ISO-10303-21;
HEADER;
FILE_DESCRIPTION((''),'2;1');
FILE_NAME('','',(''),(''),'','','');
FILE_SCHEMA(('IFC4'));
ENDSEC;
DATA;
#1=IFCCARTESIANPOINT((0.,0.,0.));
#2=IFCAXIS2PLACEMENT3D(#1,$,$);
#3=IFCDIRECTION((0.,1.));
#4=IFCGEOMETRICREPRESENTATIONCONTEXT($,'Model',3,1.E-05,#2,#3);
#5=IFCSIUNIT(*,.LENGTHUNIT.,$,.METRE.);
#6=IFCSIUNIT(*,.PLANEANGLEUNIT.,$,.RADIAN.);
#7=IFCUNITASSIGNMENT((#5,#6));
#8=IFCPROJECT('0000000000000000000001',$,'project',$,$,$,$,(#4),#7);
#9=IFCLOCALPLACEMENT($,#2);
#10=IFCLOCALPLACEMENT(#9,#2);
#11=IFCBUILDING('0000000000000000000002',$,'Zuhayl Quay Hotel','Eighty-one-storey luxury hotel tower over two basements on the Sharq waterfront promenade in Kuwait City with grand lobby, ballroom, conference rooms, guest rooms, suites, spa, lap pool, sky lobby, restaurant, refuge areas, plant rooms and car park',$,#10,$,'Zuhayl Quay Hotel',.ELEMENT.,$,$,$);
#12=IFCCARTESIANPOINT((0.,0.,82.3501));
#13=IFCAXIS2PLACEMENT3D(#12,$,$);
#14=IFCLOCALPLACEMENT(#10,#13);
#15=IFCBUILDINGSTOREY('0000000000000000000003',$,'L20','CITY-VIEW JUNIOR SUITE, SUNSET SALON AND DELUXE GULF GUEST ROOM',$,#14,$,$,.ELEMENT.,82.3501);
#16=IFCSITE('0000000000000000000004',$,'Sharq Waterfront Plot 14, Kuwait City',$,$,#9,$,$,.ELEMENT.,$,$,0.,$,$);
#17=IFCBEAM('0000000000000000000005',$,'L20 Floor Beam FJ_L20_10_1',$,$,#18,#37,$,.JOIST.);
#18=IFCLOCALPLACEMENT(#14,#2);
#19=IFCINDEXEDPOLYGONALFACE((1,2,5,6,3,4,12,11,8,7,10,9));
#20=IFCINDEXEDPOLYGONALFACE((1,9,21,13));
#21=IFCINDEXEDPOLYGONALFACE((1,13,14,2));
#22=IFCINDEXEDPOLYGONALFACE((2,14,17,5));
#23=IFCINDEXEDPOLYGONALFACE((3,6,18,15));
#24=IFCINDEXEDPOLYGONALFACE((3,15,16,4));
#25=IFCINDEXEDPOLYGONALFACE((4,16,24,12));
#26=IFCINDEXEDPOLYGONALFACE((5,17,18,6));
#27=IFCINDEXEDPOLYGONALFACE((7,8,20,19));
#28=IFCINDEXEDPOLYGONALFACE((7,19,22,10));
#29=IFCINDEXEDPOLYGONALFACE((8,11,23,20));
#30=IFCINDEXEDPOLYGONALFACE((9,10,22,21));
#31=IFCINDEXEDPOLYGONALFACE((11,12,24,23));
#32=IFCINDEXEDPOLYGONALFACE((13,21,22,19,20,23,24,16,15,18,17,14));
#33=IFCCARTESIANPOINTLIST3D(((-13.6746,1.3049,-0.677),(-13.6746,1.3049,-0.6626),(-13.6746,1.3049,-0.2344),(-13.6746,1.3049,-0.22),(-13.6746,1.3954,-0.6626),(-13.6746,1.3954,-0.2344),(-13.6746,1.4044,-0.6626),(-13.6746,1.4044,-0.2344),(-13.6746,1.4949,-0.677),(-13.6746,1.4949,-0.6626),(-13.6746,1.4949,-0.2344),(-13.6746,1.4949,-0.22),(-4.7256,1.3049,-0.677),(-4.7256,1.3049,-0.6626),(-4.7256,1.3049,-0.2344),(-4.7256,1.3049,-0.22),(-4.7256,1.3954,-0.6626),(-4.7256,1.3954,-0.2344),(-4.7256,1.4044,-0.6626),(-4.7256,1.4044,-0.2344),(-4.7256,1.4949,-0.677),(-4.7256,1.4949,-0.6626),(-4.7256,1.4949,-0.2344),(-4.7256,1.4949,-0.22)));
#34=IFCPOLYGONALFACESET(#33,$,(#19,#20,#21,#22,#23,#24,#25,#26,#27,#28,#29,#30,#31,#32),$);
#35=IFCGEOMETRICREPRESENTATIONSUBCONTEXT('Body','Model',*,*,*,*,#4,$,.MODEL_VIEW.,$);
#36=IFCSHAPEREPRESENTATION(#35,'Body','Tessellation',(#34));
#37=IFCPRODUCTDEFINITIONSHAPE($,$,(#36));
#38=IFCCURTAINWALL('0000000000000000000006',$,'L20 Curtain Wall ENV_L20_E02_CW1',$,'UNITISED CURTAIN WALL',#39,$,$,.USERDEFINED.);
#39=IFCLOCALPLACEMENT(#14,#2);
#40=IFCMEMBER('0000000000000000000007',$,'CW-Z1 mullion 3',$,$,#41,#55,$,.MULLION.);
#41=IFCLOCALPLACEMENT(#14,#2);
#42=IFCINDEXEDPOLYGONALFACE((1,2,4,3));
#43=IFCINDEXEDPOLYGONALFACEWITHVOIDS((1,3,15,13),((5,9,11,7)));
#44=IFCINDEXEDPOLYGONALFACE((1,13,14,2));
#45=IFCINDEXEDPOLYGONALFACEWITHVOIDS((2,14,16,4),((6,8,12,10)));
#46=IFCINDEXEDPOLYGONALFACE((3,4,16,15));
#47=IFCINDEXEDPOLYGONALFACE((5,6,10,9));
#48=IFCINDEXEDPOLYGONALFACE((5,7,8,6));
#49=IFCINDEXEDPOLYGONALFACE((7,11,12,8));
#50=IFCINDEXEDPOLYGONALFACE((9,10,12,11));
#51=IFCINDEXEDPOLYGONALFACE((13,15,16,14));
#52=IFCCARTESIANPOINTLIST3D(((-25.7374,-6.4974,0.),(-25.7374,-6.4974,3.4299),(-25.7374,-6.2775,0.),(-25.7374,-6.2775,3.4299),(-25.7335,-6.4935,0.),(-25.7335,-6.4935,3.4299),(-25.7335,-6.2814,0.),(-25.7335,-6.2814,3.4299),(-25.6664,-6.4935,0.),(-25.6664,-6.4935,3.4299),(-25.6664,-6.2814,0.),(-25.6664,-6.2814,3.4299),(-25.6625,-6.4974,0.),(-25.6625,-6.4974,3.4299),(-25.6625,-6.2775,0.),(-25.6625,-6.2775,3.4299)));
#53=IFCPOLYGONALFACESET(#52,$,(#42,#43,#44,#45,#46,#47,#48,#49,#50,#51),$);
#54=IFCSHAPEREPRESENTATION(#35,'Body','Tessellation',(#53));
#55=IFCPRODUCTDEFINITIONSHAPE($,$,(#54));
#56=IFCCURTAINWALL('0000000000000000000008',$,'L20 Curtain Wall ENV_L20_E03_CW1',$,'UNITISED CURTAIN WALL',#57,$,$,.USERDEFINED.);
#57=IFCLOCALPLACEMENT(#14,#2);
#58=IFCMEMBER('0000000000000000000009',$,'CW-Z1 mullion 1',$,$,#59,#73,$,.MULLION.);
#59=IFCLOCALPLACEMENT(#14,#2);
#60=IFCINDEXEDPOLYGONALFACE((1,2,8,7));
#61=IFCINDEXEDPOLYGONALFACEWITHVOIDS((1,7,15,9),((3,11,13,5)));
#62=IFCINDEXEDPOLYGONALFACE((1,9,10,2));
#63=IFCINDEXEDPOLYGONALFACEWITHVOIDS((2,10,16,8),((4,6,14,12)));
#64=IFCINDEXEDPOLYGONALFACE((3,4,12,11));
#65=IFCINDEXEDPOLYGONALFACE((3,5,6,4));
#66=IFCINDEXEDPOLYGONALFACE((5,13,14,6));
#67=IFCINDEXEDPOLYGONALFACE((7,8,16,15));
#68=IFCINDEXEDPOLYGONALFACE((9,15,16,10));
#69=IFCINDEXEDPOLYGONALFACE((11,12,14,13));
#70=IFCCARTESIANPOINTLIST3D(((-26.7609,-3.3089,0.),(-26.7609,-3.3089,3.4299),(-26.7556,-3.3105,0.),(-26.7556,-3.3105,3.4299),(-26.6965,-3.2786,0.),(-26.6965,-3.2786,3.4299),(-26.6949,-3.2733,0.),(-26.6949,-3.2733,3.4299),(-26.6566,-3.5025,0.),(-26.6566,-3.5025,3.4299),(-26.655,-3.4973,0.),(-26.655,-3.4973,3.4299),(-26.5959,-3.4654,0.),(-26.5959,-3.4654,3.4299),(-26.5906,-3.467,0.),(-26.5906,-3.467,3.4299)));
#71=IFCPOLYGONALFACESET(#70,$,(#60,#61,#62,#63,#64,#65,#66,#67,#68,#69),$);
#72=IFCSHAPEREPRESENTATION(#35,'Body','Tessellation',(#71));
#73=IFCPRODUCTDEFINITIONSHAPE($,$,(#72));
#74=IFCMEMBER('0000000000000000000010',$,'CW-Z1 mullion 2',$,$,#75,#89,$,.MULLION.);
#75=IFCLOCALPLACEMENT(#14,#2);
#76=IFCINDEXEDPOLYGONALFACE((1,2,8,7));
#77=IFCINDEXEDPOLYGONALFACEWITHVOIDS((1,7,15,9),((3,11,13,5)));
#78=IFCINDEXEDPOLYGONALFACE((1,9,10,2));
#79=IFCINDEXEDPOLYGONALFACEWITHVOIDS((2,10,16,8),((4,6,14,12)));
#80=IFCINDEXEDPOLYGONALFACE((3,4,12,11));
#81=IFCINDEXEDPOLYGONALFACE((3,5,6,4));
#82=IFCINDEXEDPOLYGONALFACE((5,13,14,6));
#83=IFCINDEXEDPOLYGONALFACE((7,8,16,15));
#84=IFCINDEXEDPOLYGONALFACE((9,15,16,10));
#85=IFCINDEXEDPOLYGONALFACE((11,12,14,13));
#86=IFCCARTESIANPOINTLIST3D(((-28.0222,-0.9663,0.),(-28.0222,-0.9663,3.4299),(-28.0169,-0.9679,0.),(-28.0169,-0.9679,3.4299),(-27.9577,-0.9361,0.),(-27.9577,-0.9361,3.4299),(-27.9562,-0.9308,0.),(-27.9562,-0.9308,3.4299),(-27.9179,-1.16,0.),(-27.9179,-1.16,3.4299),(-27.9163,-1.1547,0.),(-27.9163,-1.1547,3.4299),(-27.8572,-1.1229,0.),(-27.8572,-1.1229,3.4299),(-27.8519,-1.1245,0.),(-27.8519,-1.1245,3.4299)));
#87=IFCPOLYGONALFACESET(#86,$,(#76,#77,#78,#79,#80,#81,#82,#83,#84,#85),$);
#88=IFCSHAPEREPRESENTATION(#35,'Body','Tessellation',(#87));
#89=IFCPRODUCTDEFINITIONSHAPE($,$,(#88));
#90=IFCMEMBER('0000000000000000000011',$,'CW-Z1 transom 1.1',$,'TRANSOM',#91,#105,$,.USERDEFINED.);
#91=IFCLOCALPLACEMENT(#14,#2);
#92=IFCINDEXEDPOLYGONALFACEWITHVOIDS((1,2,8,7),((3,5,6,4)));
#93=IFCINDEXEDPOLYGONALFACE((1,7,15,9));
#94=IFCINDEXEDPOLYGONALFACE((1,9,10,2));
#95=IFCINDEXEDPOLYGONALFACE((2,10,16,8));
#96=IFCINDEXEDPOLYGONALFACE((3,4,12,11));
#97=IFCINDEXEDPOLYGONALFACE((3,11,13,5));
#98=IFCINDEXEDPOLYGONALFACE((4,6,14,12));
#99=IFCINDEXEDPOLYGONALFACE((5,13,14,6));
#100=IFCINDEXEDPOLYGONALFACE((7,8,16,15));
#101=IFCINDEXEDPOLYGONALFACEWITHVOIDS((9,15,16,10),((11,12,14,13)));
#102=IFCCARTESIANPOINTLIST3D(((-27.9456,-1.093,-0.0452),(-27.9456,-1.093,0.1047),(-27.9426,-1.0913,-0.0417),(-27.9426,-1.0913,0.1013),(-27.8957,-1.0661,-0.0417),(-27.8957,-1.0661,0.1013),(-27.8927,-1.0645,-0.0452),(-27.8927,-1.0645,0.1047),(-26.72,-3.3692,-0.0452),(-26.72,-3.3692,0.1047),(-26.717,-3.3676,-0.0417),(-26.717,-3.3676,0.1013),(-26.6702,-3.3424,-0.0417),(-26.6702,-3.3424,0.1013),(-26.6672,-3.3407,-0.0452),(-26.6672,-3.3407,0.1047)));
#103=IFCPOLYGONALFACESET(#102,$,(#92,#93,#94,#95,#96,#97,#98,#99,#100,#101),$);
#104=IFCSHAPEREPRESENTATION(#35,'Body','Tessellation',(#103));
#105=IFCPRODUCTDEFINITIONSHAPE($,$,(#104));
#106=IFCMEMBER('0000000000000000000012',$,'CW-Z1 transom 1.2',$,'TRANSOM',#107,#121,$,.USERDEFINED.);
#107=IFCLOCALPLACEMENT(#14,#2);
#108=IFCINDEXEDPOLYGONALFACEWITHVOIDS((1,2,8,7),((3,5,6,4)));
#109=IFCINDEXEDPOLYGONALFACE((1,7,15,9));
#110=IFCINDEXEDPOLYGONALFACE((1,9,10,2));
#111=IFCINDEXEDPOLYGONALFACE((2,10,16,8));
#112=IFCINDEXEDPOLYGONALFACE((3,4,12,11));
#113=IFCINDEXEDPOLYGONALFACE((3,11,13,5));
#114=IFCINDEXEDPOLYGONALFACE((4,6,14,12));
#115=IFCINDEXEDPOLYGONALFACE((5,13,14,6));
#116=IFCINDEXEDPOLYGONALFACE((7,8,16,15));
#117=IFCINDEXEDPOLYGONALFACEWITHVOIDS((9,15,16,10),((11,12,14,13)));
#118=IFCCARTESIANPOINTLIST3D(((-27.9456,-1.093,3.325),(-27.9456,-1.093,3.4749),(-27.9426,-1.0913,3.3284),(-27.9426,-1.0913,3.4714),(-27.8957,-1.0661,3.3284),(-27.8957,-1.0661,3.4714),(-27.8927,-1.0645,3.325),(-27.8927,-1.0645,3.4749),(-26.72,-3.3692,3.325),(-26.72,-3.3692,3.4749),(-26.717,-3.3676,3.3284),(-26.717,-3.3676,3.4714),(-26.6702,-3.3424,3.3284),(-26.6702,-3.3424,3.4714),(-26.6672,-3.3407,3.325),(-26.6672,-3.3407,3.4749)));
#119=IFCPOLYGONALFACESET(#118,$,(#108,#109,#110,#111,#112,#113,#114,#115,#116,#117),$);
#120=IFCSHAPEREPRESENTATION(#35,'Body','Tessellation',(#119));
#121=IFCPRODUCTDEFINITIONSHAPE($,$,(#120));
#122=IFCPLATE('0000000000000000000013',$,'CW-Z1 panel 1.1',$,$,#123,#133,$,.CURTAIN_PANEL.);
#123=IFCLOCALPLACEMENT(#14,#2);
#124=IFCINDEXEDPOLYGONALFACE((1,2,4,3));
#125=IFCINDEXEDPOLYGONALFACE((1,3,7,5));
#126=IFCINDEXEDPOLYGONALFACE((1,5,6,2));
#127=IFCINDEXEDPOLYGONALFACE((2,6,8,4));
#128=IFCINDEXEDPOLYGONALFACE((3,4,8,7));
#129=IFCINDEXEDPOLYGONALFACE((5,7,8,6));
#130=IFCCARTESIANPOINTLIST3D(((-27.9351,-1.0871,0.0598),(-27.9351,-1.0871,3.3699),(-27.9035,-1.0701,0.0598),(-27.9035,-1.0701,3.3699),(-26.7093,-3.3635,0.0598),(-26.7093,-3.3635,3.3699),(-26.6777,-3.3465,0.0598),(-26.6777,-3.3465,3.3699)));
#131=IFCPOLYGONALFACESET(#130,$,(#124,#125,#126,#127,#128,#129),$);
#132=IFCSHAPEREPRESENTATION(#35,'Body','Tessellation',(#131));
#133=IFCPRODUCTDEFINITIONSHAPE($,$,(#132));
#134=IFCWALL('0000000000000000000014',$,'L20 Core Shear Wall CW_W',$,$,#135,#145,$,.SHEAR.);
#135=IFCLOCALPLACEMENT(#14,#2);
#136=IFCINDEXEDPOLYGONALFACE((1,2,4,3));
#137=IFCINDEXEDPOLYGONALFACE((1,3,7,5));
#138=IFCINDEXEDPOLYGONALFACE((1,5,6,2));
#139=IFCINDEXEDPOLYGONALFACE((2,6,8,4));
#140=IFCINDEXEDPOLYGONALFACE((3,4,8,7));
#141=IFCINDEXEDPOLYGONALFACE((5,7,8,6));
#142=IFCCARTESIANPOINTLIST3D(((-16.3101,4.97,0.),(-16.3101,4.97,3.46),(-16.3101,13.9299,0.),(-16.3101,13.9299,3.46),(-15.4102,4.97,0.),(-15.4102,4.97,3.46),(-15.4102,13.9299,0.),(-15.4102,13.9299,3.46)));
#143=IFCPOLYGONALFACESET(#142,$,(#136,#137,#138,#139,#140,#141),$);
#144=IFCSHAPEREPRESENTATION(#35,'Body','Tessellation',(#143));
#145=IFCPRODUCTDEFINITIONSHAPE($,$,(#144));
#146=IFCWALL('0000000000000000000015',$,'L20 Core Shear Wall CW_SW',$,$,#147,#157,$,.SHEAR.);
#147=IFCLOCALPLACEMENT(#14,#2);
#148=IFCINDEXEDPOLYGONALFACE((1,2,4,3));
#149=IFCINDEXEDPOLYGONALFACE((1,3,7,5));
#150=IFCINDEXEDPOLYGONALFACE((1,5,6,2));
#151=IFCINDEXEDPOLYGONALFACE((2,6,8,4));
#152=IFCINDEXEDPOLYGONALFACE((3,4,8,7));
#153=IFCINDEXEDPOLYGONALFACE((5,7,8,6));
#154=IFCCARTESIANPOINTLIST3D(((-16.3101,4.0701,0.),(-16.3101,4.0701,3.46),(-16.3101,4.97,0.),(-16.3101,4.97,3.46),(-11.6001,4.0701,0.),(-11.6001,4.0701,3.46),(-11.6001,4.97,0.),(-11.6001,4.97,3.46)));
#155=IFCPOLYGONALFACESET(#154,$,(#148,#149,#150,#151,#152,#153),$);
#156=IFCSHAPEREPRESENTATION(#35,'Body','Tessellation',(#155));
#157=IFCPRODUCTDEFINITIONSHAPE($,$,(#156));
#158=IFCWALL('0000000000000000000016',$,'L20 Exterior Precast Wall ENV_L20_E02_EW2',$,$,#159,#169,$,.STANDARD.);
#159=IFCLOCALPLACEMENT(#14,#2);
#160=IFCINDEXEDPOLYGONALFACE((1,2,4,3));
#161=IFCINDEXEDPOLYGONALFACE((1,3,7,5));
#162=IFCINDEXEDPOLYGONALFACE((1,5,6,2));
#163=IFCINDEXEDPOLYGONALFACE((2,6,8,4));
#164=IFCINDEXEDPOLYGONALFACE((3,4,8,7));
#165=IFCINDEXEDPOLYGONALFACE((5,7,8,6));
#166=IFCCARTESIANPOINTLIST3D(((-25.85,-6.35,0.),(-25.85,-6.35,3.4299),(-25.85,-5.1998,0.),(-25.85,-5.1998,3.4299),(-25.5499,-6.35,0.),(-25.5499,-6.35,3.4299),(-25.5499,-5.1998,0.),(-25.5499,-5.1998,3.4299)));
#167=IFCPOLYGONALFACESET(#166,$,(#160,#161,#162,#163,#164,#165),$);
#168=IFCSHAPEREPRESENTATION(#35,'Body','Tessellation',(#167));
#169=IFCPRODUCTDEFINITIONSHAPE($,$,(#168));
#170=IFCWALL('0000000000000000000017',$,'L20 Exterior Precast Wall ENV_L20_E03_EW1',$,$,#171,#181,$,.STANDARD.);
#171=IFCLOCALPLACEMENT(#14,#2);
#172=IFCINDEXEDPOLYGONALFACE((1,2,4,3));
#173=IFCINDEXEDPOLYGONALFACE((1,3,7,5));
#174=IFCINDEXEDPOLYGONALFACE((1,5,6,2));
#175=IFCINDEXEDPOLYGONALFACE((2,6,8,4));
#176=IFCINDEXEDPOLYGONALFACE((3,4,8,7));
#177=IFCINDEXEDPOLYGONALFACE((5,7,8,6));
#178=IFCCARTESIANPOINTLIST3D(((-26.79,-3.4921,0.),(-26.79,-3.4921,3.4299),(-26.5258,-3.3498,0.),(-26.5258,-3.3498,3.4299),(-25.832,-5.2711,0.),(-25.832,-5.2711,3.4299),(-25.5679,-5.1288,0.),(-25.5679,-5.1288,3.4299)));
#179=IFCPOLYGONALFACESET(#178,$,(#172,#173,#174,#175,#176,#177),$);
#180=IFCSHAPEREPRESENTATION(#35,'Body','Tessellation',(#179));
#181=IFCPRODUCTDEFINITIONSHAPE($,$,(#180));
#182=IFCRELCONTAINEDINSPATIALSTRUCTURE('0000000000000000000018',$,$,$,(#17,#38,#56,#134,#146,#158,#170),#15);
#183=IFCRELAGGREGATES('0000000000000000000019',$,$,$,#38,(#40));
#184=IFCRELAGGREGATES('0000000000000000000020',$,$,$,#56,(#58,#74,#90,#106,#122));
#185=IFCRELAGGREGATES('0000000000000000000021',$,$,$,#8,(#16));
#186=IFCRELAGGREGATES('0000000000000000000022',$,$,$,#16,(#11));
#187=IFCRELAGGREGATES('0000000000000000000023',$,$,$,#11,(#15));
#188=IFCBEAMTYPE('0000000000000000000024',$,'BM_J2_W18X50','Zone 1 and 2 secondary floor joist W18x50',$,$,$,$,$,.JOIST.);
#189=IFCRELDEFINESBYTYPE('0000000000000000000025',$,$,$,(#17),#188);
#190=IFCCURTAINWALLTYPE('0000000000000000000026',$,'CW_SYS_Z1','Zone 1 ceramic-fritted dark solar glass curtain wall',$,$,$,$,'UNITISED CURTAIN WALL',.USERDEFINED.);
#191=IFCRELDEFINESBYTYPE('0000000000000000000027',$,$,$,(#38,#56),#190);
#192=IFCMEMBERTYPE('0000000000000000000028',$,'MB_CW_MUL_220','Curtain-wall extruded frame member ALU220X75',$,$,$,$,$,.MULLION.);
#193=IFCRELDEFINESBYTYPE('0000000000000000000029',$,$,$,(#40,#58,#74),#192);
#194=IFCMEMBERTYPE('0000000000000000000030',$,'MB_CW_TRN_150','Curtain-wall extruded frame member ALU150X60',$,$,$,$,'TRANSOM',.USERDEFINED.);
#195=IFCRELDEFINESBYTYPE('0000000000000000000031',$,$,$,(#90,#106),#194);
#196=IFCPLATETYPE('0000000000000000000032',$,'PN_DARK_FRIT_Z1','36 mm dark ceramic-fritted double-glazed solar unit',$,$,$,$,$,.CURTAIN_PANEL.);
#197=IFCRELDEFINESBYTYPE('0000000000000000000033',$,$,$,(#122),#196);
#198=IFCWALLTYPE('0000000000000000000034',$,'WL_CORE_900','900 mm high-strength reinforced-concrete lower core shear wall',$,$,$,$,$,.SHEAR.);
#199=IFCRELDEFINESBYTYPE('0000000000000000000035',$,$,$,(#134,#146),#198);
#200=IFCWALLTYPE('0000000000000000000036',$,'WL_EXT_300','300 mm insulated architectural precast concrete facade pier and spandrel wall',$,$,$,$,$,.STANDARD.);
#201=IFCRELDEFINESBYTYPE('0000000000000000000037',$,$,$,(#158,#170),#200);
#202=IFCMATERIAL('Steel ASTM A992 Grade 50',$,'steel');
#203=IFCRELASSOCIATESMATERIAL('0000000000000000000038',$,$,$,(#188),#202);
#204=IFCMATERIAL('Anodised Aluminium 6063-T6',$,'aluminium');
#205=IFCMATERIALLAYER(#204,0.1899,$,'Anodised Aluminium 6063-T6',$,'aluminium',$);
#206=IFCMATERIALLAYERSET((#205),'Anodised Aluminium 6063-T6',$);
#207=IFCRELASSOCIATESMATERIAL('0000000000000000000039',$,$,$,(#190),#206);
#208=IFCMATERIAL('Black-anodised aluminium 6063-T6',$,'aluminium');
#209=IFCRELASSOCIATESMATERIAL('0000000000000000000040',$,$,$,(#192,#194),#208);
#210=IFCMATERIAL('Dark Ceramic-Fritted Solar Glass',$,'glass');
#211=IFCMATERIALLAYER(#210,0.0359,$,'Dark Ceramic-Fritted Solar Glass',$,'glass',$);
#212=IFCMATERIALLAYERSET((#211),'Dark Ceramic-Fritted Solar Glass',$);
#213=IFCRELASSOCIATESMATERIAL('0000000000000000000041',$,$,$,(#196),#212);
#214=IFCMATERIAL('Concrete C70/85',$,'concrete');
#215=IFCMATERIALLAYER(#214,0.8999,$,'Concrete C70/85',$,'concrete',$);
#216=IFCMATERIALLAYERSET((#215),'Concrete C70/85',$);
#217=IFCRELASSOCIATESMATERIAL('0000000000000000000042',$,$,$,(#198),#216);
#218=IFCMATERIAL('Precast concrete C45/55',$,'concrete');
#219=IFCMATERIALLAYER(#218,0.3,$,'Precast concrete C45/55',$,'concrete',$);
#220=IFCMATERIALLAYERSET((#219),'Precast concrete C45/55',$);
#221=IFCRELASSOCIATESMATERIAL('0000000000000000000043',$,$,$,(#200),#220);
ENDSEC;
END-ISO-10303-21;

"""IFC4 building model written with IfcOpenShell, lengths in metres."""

from ifc_helpers import new_model, si_unit, direction, frame, frame_2d, origin, origin_2d, place, context, subcontext, project, spatial, rectangle, hollow_rectangle, i_section, extrude, material, layer, layer_set, material_profile, profile_set, type_object, element, aggregate, save


model = new_model("IFC4")

# Units and contexts
model_context = context("Model", 3, precision=1e-05, world=origin(), true_north=direction((0.0, 1.0)))
body_context = subcontext(model_context, "Body", "Model", "MODEL_VIEW")
ifc_project = project(units=[si_unit("LENGTHUNIT", "METRE"), si_unit("PLANEANGLEUNIT", "RADIAN")], contexts=[model_context])

# Site, building, storey
site_placement = place(None, origin())
site = spatial("IfcSite", under=ifc_project, at=site_placement, Name="Sharq Waterfront Plot 14, Kuwait City", CompositionType="ELEMENT", RefElevation=0.0)
building_placement = place(site_placement, origin())
building = spatial("IfcBuilding", under=site, at=building_placement, Name="Zuhayl Quay Hotel", Description="Eighty-one-storey luxury hotel tower over two basements on the Sharq waterfront promenade in Kuwait City with grand lobby, ballroom, conference rooms, guest rooms, suites, spa, lap pool, sky lobby, restaurant, refuge areas, plant rooms and car park", LongName="Zuhayl Quay Hotel", CompositionType="ELEMENT")
storey_placement = place(building_placement, frame((0.0, 0.0, 82.3501)))
storey = spatial("IfcBuildingStorey", under=building, at=storey_placement, Name="L20", Description="CITY-VIEW JUNIOR SUITE, SUNSET SALON AND DELUXE GULF GUEST ROOM", CompositionType="ELEMENT", Elevation=82.3501)

# Shared definitions
ifc_material_1 = material(Name="Concrete C70/85", Category="concrete")

# Beam
ifc_material_2 = material(Name="Steel ASTM A992 Grade 50", Category="steel")
ifc_material_profile_1 = material_profile(ifc_material_2, i_section(OverallWidth=0.1899, OverallDepth=0.457, WebThickness=0.009, FlangeThickness=0.0144, at=origin_2d()), Name="W18X50")
ifc_profile_set_1 = profile_set([ifc_material_profile_1], Name="Steel ASTM A992 Grade 50")
beam_type_1 = type_object("IfcBeamType", Name="BM_J2_W18X50", Description="Zone 1 and 2 secondary floor joist W18x50", PredefinedType="JOIST", material=ifc_profile_set_1)
for number, where, z_axis, x_axis, name in (
    (1, (-13.6746, 1.3999, -0.4485), (1.0, 0.0, 0.0), (0.0, 1.0, 0.0), "L20 Floor Beam FJ_L20_10_1"),
):
    element("IfcBeam", number, at=place(storey_placement, frame(where, z_axis=z_axis, x_axis=x_axis)), inside=storey, type_object=beam_type_1, Name=name, PredefinedType="JOIST", context=body_context, shape_type="SweptSolid", body=[
        extrude(i_section(OverallWidth=0.1899, OverallDepth=0.457, WebThickness=0.009, FlangeThickness=0.0144, at=origin_2d()), origin(), (0.0, 0.0, 1.0), 8.949),
    ])

# Curtain wall, member
ifc_material_3 = material(Name="Anodised Aluminium 6063-T6", Category="aluminium")
ifc_layer_1 = layer(ifc_material_3, 0.1899, Name="Anodised Aluminium 6063-T6", Category="aluminium")
ifc_layer_set_1 = layer_set([ifc_layer_1], Name="Anodised Aluminium 6063-T6")
curtain_wall_type = type_object("IfcCurtainWallType", Name="CW_SYS_Z1", Description="Zone 1 ceramic-fritted dark solar glass curtain wall", ElementType="UNITISED CURTAIN WALL", PredefinedType="USERDEFINED", material=ifc_layer_set_1)
curtain_wall_1_placement = place(storey_placement, origin())
curtain_wall_1 = element("IfcCurtainWall", 2, at=curtain_wall_1_placement, inside=storey, type_object=curtain_wall_type, Name="L20 Curtain Wall ENV_L20_E02_CW1", ObjectType="UNITISED CURTAIN WALL", PredefinedType="USERDEFINED")
ifc_material_4 = material(Name="Black-anodised aluminium 6063-T6", Category="aluminium")
ifc_material_profile_2 = material_profile(ifc_material_4, hollow_rectangle(XDim=0.075, YDim=0.22, WallThickness=0.0039, at=origin_2d()), Name="ALU220X75")
ifc_profile_set_2 = profile_set([ifc_material_profile_2], Name="Black-anodised aluminium 6063-T6")
member_type_1 = type_object("IfcMemberType", Name="MB_CW_MUL_220", Description="Curtain-wall extruded frame member ALU220X75", PredefinedType="MULLION", material=ifc_profile_set_2)
member_1_placement = place(storey_placement, frame((-25.7, -6.3875, 0.0), z_axis=(0.0, 0.0, 1.0), x_axis=(-1.0, 0.0, 0.0)))
member_1 = element("IfcMember", 3, at=member_1_placement, type_object=member_type_1, Name="CW-Z1 mullion 3", PredefinedType="MULLION", context=body_context, shape_type="SweptSolid", body=[
    extrude(hollow_rectangle(XDim=0.075, YDim=0.22, WallThickness=0.0039, at=origin_2d()), origin(), (0.0, 0.0, 1.0), 3.4299),
])
aggregate(curtain_wall_1, [member_1])

# Curtain wall, members, plate
curtain_wall_2_placement = place(storey_placement, origin())
curtain_wall_2 = element("IfcCurtainWall", 4, at=curtain_wall_2_placement, inside=storey, type_object=curtain_wall_type, Name="L20 Curtain Wall ENV_L20_E03_CW1", ObjectType="UNITISED CURTAIN WALL", PredefinedType="USERDEFINED")
member_2_placement = place(storey_placement, frame((-26.6758, -3.3879, 0.0), z_axis=(0.0, 0.0, 1.0), x_axis=(-0.880476, -0.474091, 0.0)))
member_2 = element("IfcMember", 5, at=member_2_placement, type_object=member_type_1, Name="CW-Z1 mullion 1", PredefinedType="MULLION", context=body_context, shape_type="SweptSolid", body=[
    extrude(hollow_rectangle(XDim=0.075, YDim=0.22, WallThickness=0.0039, at=origin_2d()), origin(), (0.0, 0.0, 1.0), 3.4299),
])
member_3_placement = place(storey_placement, frame((-27.937, -1.0454, 0.0), z_axis=(0.0, 0.0, 1.0), x_axis=(-0.880476, -0.474091, 0.0)))
member_3 = element("IfcMember", 6, at=member_3_placement, type_object=member_type_1, Name="CW-Z1 mullion 2", PredefinedType="MULLION", context=body_context, shape_type="SweptSolid", body=[
    extrude(hollow_rectangle(XDim=0.075, YDim=0.22, WallThickness=0.0039, at=origin_2d()), origin(), (0.0, 0.0, 1.0), 3.4299),
])
ifc_material_profile_3 = material_profile(ifc_material_4, hollow_rectangle(XDim=0.0601, YDim=0.1499, WallThickness=0.0034, at=origin_2d()), Name="ALU150X60")
ifc_profile_set_3 = profile_set([ifc_material_profile_3], Name="Black-anodised aluminium 6063-T6")
member_type_2 = type_object("IfcMemberType", Name="MB_CW_TRN_150", Description="Curtain-wall extruded frame member ALU150X60", ElementType="TRANSOM", PredefinedType="USERDEFINED", material=ifc_profile_set_3)
member_4_placement = place(storey_placement, frame((-26.6936, -3.355, 0.0298), z_axis=(-0.474055, 0.880495, 0.0), x_axis=(-0.880495, -0.474055, 0.0)))
member_4 = element("IfcMember", 7, at=member_4_placement, type_object=member_type_2, Name="CW-Z1 transom 1.1", ObjectType="TRANSOM", PredefinedType="USERDEFINED", context=body_context, shape_type="SweptSolid", body=[
    extrude(hollow_rectangle(XDim=0.0601, YDim=0.1499, WallThickness=0.0034, at=origin_2d()), origin(), (0.0, 0.0, 1.0), 2.5852),
])
member_5_placement = place(storey_placement, frame((-26.6936, -3.355, 3.3999), z_axis=(-0.474055, 0.880495, 0.0), x_axis=(-0.880495, -0.474055, 0.0)))
member_5 = element("IfcMember", 8, at=member_5_placement, type_object=member_type_2, Name="CW-Z1 transom 1.2", ObjectType="TRANSOM", PredefinedType="USERDEFINED", context=body_context, shape_type="SweptSolid", body=[
    extrude(hollow_rectangle(XDim=0.0601, YDim=0.1499, WallThickness=0.0034, at=origin_2d()), origin(), (0.0, 0.0, 1.0), 2.5852),
])
ifc_material_5 = material(Name="Dark Ceramic-Fritted Solar Glass", Category="glass")
ifc_layer_2 = layer(ifc_material_5, 0.0359, Name="Dark Ceramic-Fritted Solar Glass", Category="glass")
ifc_layer_set_2 = layer_set([ifc_layer_2], Name="Dark Ceramic-Fritted Solar Glass")
plate_type = type_object("IfcPlateType", Name="PN_DARK_FRIT_Z1", Description="36 mm dark ceramic-fritted double-glazed solar unit", PredefinedType="CURTAIN_PANEL", material=ifc_layer_set_2)
plate_placement = place(storey_placement, frame((-27.3064, -2.2168, 0.0598), z_axis=(0.0, 0.0, 1.0), x_axis=(-0.474091, 0.880476, 0.0)))
plate = element("IfcPlate", 9, at=plate_placement, type_object=plate_type, Name="CW-Z1 panel 1.1", PredefinedType="CURTAIN_PANEL", context=body_context, shape_type="SweptSolid", body=[
    extrude(rectangle(XDim=2.5854, YDim=0.0359, at=origin_2d()), origin(), (0.0, 0.0, 1.0), 3.3101),
])
aggregate(curtain_wall_2, [member_2, member_3, member_4, member_5, plate])

# Walls
ifc_layer_3 = layer(ifc_material_1, 0.8999, Name="Concrete C70/85", Category="concrete")
ifc_layer_set_3 = layer_set([ifc_layer_3], Name="Concrete C70/85")
wall_type_1 = type_object("IfcWallType", Name="WL_CORE_900", Description="900 mm high-strength reinforced-concrete lower core shear wall", PredefinedType="SHEAR", material=ifc_layer_set_3)
wall_1_placement = place(storey_placement, frame((-15.8601, 4.97, 0.0), z_axis=(0.0, 0.0, 1.0), x_axis=(0.0, 1.0, 0.0)))
element("IfcWall", 10, at=wall_1_placement, inside=storey, type_object=wall_type_1, Name="L20 Core Shear Wall CW_W", PredefinedType="SHEAR", context=body_context, shape_type="SweptSolid", body=[
    extrude(rectangle(XDim=8.96, YDim=0.8999, at=frame_2d((4.48, 0.0))), origin(), (0.0, 0.0, 1.0), 3.46),
])
wall_2_placement = place(storey_placement, frame((-16.3101, 4.52, 0.0), z_axis=(0.0, 0.0, 1.0), x_axis=(1.0, 0.0, 0.0)))
element("IfcWall", 11, at=wall_2_placement, inside=storey, type_object=wall_type_1, Name="L20 Core Shear Wall CW_SW", PredefinedType="SHEAR", context=body_context, shape_type="SweptSolid", body=[
    extrude(rectangle(XDim=4.71, YDim=0.8999, at=frame_2d((2.355, 0.0))), origin(), (0.0, 0.0, 1.0), 3.46),
])
ifc_material_6 = material(Name="Precast concrete C45/55", Category="concrete")
ifc_layer_4 = layer(ifc_material_6, 0.3, Name="Precast concrete C45/55", Category="concrete")
ifc_layer_set_4 = layer_set([ifc_layer_4], Name="Precast concrete C45/55")
wall_type_2 = type_object("IfcWallType", Name="WL_EXT_300", Description="300 mm insulated architectural precast concrete facade pier and spandrel wall", PredefinedType="STANDARD", material=ifc_layer_set_4)
wall_3_placement = place(storey_placement, frame((-25.7, -6.3501, 0.0), z_axis=(0.0, 0.0, 1.0), x_axis=(0.0, 1.0, 0.0)))
element("IfcWall", 12, at=wall_3_placement, inside=storey, type_object=wall_type_2, Name="L20 Exterior Precast Wall ENV_L20_E02_EW2", PredefinedType="STANDARD", context=body_context, shape_type="SweptSolid", body=[
    extrude(rectangle(XDim=1.1501, YDim=0.3, at=frame_2d((0.5752, 0.0))), origin(), (0.0, 0.0, 1.0), 3.4299),
])
wall_4_placement = place(storey_placement, frame((-25.7, -5.2, 0.0), z_axis=(0.0, 0.0, 1.0), x_axis=(-0.474121, 0.880459, 0.0)))
element("IfcWall", 13, at=wall_4_placement, inside=storey, type_object=wall_type_2, Name="L20 Exterior Precast Wall ENV_L20_E03_EW1", PredefinedType="STANDARD", context=body_context, shape_type="SweptSolid", body=[
    extrude(rectangle(XDim=2.0205, YDim=0.3, at=frame_2d((1.0103, 0.0))), origin(), (0.0, 0.0, 1.0), 3.4299),
])

save(model, "model.ifc")
